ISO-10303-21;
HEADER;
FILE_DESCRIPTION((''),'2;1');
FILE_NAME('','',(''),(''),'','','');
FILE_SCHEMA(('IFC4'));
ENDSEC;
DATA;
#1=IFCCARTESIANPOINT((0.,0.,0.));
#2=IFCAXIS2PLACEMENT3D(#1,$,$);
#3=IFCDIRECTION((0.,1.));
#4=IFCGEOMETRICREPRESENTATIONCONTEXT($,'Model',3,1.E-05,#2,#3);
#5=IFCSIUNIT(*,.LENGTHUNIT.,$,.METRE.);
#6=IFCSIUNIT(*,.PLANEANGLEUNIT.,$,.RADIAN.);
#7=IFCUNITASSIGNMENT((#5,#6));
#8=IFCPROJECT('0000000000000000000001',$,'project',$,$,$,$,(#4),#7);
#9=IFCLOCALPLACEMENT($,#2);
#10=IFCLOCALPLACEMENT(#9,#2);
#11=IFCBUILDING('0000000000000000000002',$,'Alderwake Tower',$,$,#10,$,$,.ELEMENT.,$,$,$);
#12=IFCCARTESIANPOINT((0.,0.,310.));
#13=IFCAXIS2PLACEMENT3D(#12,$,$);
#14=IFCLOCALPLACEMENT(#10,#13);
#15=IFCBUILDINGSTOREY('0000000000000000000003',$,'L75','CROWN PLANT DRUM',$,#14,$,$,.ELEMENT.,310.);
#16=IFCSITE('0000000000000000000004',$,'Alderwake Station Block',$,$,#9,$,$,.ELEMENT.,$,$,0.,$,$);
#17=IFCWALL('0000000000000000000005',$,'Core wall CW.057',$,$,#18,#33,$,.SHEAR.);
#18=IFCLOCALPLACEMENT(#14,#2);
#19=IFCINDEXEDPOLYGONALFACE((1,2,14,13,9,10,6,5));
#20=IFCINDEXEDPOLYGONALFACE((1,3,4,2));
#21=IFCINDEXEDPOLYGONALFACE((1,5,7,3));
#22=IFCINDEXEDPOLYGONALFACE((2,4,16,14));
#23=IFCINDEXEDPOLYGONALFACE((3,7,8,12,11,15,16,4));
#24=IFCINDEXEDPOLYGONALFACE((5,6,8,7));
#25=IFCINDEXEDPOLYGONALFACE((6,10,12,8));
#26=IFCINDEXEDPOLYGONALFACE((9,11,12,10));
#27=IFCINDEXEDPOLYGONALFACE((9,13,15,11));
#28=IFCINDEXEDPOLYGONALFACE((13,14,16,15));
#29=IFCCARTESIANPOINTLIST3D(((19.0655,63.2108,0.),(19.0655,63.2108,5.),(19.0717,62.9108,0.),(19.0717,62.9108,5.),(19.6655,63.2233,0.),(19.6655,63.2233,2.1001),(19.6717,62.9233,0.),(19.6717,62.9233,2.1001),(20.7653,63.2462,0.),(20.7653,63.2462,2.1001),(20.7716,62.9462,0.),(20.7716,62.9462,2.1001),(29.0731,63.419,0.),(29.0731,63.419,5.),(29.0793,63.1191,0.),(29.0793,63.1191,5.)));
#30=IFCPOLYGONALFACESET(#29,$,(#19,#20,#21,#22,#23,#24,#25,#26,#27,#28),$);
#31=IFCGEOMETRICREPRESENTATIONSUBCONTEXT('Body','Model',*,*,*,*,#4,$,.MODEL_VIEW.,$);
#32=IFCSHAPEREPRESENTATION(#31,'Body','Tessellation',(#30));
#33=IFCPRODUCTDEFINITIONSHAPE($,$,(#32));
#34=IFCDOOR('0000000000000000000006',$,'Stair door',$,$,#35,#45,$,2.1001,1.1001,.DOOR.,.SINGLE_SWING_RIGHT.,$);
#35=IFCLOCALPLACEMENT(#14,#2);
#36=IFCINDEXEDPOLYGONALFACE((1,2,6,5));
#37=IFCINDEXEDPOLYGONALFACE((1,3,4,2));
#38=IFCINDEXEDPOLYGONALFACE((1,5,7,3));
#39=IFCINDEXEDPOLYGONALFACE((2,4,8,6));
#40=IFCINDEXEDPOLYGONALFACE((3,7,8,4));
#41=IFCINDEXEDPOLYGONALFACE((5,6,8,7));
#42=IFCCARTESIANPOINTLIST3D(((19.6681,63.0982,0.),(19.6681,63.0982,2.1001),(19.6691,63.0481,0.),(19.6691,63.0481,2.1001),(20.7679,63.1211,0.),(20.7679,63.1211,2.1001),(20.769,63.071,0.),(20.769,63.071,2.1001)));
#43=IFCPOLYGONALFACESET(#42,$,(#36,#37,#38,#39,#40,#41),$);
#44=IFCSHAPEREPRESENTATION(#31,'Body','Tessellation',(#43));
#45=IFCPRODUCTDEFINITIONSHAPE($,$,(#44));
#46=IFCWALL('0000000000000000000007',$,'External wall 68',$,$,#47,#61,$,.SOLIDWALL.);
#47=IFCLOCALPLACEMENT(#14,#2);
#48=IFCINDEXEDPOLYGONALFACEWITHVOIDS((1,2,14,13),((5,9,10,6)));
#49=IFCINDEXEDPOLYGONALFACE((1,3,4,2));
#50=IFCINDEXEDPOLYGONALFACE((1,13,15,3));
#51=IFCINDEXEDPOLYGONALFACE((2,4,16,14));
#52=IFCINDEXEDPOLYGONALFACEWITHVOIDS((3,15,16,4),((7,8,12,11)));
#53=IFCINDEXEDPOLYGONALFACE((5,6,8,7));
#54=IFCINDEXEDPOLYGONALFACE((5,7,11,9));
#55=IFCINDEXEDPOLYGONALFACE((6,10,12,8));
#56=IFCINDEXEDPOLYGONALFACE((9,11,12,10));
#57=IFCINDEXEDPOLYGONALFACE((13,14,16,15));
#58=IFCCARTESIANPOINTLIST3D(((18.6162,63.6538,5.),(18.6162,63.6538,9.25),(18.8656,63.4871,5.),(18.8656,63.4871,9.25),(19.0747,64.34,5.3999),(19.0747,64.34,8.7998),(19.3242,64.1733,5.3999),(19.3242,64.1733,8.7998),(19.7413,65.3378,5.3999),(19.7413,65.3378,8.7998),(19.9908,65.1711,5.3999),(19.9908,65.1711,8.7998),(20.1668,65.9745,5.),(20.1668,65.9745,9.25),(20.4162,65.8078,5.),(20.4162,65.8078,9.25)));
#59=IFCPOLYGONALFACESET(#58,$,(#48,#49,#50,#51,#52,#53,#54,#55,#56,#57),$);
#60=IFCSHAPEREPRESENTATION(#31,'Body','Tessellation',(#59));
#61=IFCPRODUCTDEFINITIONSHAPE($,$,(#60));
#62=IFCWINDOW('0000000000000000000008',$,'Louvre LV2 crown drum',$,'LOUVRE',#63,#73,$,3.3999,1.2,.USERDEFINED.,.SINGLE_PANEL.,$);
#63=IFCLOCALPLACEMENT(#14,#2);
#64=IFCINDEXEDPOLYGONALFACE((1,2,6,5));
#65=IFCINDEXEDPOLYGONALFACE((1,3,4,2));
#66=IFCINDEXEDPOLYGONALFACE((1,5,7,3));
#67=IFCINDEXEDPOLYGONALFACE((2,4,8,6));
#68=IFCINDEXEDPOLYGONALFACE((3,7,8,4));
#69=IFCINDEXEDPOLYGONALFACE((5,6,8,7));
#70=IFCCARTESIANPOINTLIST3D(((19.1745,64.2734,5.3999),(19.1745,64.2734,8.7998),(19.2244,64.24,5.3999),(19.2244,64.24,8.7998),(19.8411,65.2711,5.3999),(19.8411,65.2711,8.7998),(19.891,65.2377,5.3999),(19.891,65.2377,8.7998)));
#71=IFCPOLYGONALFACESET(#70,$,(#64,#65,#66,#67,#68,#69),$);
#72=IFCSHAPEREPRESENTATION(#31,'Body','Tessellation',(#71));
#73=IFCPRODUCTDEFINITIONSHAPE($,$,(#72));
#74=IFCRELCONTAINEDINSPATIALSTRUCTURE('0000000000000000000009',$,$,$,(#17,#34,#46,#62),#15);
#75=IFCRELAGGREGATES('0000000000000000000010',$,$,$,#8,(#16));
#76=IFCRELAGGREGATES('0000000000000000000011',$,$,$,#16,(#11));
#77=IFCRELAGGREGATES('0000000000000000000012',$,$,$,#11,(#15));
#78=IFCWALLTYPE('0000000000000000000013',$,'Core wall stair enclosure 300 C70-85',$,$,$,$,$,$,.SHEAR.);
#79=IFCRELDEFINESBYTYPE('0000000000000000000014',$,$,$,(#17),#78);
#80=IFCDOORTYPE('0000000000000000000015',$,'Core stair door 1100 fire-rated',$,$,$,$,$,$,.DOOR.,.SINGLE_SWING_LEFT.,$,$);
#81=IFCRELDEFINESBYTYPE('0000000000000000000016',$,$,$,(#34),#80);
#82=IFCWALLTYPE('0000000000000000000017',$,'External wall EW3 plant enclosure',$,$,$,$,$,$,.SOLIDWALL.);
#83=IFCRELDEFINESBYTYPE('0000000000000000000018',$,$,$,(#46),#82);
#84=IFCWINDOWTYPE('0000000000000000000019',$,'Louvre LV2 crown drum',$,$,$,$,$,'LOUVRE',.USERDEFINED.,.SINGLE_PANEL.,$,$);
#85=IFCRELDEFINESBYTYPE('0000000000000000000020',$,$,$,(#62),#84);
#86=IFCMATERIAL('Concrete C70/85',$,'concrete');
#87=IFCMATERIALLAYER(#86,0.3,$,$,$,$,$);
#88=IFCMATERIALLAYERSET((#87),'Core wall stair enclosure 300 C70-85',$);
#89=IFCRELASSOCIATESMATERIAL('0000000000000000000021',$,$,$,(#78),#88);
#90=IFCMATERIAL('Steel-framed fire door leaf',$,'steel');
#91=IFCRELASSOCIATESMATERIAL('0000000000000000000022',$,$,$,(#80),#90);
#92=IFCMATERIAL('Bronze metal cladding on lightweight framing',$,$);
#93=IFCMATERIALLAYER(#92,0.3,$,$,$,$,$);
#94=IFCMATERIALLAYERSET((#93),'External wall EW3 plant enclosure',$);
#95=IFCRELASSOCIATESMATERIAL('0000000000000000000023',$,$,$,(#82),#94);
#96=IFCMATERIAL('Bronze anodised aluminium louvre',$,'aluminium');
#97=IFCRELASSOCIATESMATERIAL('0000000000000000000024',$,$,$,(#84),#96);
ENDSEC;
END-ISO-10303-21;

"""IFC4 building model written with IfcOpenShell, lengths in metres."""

from ifc_helpers import new_model, si_unit, direction, frame, frame_2d, origin, place, context, subcontext, project, spatial, rectangle, extrude, material, layer, layer_set, type_object, element, fill, save


model = new_model("IFC4")

# Units and contexts
model_context = context("Model", 3, precision=1e-05, world=origin(), true_north=direction((0.0, 1.0)))
body_context = subcontext(model_context, "Body", "Model", "MODEL_VIEW")
ifc_project = project(units=[si_unit("LENGTHUNIT", "METRE"), si_unit("PLANEANGLEUNIT", "RADIAN")], contexts=[model_context])

# Site, building, storey
site_placement = place(None, origin())
site = spatial("IfcSite", under=ifc_project, at=site_placement, Name="Alderwake Station Block", CompositionType="ELEMENT", RefElevation=0.0)
building_placement = place(site_placement, origin())
building = spatial("IfcBuilding", under=site, at=building_placement, Name="Alderwake Tower", CompositionType="ELEMENT")
storey_placement = place(building_placement, frame((0.0, 0.0, 310.0)))
storey = spatial("IfcBuildingStorey", under=building, at=storey_placement, Name="L75", Description="CROWN PLANT DRUM", CompositionType="ELEMENT", Elevation=310.0)

# Wall, opening, door
ifc_material_1 = material(Name="Concrete C70/85", Category="concrete")
ifc_layer_1 = layer(ifc_material_1, 0.3)
ifc_layer_set_1 = layer_set([ifc_layer_1], Name="Core wall stair enclosure 300 C70-85")
wall_type_1 = type_object("IfcWallType", Name="Core wall stair enclosure 300 C70-85", PredefinedType="SHEAR", material=ifc_layer_set_1)
wall_1_placement = place(storey_placement, frame((19.0686, 63.0608, 0.0), z_axis=(0.0, 0.0, 1.0), x_axis=(0.999784, 0.020805, 0.0)))
wall_1 = element("IfcWall", 1, at=wall_1_placement, inside=storey, type_object=wall_type_1, Name="Core wall CW.057", PredefinedType="SHEAR", context=body_context, shape_type="SweptSolid", body=[
    extrude(rectangle(XDim=10.0098, YDim=0.3, at=frame_2d((5.0049, 0.0))), origin(), (0.0, 0.0, 1.0), 5.0),
])
opening_1_placement = place(wall_1_placement, frame((0.6001, 0.0, 0.0)))
opening_1 = element("IfcOpeningElement", 2, at=opening_1_placement, cuts=wall_1, PredefinedType="OPENING", context=body_context, shape_type="SweptSolid", body=[
    extrude(rectangle(XDim=1.1001, YDim=2.1001, at=frame_2d((0.55, 1.05))), frame((0.0, 0.1599, 0.0), z_axis=(0.0, -1.0, 0.0), x_axis=(1.0, 0.0, 0.0)), (0.0, 0.0, 1.0), 0.3201),
])
ifc_material_2 = material(Name="Steel-framed fire door leaf", Category="steel")
door_type = type_object("IfcDoorType", Name="Core stair door 1100 fire-rated", OperationType="SINGLE_SWING_LEFT", PredefinedType="DOOR", material=ifc_material_2)
door_placement = place(opening_1_placement, origin())
door = element("IfcDoor", 3, at=door_placement, inside=storey, type_object=door_type, Name="Stair door", OperationType="SINGLE_SWING_RIGHT", OverallHeight=2.1001, OverallWidth=1.1001, PredefinedType="DOOR", context=body_context, shape_type="SweptSolid", body=[
    extrude(rectangle(XDim=1.1001, YDim=2.1001, at=frame_2d((0.55, 1.05))), frame((0.0, 0.0249, 0.0), z_axis=(0.0, -1.0, 0.0), x_axis=(1.0, 0.0, 0.0)), (0.0, 0.0, 1.0), 0.05),
])
fill(opening_1, door)

# Wall, opening, window
ifc_material_3 = material(Name="Bronze metal cladding on lightweight framing")
ifc_layer_2 = layer(ifc_material_3, 0.3)
ifc_layer_set_2 = layer_set([ifc_layer_2], Name="External wall EW3 plant enclosure")
wall_type_2 = type_object("IfcWallType", Name="External wall EW3 plant enclosure", PredefinedType="SOLIDWALL", material=ifc_layer_set_2)
wall_2_placement = place(storey_placement, frame((20.2915, 65.8911, 5.0), z_axis=(0.0, 0.0, 1.0), x_axis=(-0.555568, -0.831471, 0.0)))
wall_2 = element("IfcWall", 4, at=wall_2_placement, inside=storey, type_object=wall_type_2, Name="External wall 68", PredefinedType="SOLIDWALL", context=body_context, shape_type="SweptSolid", body=[
    extrude(rectangle(XDim=2.791, YDim=0.3, at=frame_2d((1.3955, 0.0))), origin(), (0.0, 0.0, 1.0), 4.25),
])
opening_2_placement = place(wall_2_placement, frame((0.7656, 0.0, 0.3999)))
opening_2 = element("IfcOpeningElement", 5, at=opening_2_placement, cuts=wall_2, PredefinedType="OPENING", context=body_context, shape_type="SweptSolid", body=[
    extrude(rectangle(XDim=1.2, YDim=3.3999, at=frame_2d((0.6001, 1.7))), frame((0.0, 0.1599, 0.0), z_axis=(0.0, -1.0, 0.0), x_axis=(1.0, 0.0, 0.0)), (0.0, 0.0, 1.0), 0.3201),
])
ifc_material_4 = material(Name="Bronze anodised aluminium louvre", Category="aluminium")
window_type = type_object("IfcWindowType", Name="Louvre LV2 crown drum", ElementType="LOUVRE", PartitioningType="SINGLE_PANEL", PredefinedType="USERDEFINED", material=ifc_material_4)
window_placement = place(opening_2_placement, origin())
window = element("IfcWindow", 6, at=window_placement, inside=storey, type_object=window_type, Name="Louvre LV2 crown drum", ObjectType="LOUVRE", OverallHeight=3.3999, OverallWidth=1.2, PartitioningType="SINGLE_PANEL", PredefinedType="USERDEFINED", context=body_context, shape_type="SweptSolid", body=[
    extrude(rectangle(XDim=1.2, YDim=3.3999, at=frame_2d((0.6001, 1.7))), frame((0.0, 0.03, 0.0), z_axis=(0.0, -1.0, 0.0), x_axis=(1.0, 0.0, 0.0)), (0.0, 0.0, 1.0), 0.0601),
])
fill(opening_2, window)

save(model, "model.ifc")
